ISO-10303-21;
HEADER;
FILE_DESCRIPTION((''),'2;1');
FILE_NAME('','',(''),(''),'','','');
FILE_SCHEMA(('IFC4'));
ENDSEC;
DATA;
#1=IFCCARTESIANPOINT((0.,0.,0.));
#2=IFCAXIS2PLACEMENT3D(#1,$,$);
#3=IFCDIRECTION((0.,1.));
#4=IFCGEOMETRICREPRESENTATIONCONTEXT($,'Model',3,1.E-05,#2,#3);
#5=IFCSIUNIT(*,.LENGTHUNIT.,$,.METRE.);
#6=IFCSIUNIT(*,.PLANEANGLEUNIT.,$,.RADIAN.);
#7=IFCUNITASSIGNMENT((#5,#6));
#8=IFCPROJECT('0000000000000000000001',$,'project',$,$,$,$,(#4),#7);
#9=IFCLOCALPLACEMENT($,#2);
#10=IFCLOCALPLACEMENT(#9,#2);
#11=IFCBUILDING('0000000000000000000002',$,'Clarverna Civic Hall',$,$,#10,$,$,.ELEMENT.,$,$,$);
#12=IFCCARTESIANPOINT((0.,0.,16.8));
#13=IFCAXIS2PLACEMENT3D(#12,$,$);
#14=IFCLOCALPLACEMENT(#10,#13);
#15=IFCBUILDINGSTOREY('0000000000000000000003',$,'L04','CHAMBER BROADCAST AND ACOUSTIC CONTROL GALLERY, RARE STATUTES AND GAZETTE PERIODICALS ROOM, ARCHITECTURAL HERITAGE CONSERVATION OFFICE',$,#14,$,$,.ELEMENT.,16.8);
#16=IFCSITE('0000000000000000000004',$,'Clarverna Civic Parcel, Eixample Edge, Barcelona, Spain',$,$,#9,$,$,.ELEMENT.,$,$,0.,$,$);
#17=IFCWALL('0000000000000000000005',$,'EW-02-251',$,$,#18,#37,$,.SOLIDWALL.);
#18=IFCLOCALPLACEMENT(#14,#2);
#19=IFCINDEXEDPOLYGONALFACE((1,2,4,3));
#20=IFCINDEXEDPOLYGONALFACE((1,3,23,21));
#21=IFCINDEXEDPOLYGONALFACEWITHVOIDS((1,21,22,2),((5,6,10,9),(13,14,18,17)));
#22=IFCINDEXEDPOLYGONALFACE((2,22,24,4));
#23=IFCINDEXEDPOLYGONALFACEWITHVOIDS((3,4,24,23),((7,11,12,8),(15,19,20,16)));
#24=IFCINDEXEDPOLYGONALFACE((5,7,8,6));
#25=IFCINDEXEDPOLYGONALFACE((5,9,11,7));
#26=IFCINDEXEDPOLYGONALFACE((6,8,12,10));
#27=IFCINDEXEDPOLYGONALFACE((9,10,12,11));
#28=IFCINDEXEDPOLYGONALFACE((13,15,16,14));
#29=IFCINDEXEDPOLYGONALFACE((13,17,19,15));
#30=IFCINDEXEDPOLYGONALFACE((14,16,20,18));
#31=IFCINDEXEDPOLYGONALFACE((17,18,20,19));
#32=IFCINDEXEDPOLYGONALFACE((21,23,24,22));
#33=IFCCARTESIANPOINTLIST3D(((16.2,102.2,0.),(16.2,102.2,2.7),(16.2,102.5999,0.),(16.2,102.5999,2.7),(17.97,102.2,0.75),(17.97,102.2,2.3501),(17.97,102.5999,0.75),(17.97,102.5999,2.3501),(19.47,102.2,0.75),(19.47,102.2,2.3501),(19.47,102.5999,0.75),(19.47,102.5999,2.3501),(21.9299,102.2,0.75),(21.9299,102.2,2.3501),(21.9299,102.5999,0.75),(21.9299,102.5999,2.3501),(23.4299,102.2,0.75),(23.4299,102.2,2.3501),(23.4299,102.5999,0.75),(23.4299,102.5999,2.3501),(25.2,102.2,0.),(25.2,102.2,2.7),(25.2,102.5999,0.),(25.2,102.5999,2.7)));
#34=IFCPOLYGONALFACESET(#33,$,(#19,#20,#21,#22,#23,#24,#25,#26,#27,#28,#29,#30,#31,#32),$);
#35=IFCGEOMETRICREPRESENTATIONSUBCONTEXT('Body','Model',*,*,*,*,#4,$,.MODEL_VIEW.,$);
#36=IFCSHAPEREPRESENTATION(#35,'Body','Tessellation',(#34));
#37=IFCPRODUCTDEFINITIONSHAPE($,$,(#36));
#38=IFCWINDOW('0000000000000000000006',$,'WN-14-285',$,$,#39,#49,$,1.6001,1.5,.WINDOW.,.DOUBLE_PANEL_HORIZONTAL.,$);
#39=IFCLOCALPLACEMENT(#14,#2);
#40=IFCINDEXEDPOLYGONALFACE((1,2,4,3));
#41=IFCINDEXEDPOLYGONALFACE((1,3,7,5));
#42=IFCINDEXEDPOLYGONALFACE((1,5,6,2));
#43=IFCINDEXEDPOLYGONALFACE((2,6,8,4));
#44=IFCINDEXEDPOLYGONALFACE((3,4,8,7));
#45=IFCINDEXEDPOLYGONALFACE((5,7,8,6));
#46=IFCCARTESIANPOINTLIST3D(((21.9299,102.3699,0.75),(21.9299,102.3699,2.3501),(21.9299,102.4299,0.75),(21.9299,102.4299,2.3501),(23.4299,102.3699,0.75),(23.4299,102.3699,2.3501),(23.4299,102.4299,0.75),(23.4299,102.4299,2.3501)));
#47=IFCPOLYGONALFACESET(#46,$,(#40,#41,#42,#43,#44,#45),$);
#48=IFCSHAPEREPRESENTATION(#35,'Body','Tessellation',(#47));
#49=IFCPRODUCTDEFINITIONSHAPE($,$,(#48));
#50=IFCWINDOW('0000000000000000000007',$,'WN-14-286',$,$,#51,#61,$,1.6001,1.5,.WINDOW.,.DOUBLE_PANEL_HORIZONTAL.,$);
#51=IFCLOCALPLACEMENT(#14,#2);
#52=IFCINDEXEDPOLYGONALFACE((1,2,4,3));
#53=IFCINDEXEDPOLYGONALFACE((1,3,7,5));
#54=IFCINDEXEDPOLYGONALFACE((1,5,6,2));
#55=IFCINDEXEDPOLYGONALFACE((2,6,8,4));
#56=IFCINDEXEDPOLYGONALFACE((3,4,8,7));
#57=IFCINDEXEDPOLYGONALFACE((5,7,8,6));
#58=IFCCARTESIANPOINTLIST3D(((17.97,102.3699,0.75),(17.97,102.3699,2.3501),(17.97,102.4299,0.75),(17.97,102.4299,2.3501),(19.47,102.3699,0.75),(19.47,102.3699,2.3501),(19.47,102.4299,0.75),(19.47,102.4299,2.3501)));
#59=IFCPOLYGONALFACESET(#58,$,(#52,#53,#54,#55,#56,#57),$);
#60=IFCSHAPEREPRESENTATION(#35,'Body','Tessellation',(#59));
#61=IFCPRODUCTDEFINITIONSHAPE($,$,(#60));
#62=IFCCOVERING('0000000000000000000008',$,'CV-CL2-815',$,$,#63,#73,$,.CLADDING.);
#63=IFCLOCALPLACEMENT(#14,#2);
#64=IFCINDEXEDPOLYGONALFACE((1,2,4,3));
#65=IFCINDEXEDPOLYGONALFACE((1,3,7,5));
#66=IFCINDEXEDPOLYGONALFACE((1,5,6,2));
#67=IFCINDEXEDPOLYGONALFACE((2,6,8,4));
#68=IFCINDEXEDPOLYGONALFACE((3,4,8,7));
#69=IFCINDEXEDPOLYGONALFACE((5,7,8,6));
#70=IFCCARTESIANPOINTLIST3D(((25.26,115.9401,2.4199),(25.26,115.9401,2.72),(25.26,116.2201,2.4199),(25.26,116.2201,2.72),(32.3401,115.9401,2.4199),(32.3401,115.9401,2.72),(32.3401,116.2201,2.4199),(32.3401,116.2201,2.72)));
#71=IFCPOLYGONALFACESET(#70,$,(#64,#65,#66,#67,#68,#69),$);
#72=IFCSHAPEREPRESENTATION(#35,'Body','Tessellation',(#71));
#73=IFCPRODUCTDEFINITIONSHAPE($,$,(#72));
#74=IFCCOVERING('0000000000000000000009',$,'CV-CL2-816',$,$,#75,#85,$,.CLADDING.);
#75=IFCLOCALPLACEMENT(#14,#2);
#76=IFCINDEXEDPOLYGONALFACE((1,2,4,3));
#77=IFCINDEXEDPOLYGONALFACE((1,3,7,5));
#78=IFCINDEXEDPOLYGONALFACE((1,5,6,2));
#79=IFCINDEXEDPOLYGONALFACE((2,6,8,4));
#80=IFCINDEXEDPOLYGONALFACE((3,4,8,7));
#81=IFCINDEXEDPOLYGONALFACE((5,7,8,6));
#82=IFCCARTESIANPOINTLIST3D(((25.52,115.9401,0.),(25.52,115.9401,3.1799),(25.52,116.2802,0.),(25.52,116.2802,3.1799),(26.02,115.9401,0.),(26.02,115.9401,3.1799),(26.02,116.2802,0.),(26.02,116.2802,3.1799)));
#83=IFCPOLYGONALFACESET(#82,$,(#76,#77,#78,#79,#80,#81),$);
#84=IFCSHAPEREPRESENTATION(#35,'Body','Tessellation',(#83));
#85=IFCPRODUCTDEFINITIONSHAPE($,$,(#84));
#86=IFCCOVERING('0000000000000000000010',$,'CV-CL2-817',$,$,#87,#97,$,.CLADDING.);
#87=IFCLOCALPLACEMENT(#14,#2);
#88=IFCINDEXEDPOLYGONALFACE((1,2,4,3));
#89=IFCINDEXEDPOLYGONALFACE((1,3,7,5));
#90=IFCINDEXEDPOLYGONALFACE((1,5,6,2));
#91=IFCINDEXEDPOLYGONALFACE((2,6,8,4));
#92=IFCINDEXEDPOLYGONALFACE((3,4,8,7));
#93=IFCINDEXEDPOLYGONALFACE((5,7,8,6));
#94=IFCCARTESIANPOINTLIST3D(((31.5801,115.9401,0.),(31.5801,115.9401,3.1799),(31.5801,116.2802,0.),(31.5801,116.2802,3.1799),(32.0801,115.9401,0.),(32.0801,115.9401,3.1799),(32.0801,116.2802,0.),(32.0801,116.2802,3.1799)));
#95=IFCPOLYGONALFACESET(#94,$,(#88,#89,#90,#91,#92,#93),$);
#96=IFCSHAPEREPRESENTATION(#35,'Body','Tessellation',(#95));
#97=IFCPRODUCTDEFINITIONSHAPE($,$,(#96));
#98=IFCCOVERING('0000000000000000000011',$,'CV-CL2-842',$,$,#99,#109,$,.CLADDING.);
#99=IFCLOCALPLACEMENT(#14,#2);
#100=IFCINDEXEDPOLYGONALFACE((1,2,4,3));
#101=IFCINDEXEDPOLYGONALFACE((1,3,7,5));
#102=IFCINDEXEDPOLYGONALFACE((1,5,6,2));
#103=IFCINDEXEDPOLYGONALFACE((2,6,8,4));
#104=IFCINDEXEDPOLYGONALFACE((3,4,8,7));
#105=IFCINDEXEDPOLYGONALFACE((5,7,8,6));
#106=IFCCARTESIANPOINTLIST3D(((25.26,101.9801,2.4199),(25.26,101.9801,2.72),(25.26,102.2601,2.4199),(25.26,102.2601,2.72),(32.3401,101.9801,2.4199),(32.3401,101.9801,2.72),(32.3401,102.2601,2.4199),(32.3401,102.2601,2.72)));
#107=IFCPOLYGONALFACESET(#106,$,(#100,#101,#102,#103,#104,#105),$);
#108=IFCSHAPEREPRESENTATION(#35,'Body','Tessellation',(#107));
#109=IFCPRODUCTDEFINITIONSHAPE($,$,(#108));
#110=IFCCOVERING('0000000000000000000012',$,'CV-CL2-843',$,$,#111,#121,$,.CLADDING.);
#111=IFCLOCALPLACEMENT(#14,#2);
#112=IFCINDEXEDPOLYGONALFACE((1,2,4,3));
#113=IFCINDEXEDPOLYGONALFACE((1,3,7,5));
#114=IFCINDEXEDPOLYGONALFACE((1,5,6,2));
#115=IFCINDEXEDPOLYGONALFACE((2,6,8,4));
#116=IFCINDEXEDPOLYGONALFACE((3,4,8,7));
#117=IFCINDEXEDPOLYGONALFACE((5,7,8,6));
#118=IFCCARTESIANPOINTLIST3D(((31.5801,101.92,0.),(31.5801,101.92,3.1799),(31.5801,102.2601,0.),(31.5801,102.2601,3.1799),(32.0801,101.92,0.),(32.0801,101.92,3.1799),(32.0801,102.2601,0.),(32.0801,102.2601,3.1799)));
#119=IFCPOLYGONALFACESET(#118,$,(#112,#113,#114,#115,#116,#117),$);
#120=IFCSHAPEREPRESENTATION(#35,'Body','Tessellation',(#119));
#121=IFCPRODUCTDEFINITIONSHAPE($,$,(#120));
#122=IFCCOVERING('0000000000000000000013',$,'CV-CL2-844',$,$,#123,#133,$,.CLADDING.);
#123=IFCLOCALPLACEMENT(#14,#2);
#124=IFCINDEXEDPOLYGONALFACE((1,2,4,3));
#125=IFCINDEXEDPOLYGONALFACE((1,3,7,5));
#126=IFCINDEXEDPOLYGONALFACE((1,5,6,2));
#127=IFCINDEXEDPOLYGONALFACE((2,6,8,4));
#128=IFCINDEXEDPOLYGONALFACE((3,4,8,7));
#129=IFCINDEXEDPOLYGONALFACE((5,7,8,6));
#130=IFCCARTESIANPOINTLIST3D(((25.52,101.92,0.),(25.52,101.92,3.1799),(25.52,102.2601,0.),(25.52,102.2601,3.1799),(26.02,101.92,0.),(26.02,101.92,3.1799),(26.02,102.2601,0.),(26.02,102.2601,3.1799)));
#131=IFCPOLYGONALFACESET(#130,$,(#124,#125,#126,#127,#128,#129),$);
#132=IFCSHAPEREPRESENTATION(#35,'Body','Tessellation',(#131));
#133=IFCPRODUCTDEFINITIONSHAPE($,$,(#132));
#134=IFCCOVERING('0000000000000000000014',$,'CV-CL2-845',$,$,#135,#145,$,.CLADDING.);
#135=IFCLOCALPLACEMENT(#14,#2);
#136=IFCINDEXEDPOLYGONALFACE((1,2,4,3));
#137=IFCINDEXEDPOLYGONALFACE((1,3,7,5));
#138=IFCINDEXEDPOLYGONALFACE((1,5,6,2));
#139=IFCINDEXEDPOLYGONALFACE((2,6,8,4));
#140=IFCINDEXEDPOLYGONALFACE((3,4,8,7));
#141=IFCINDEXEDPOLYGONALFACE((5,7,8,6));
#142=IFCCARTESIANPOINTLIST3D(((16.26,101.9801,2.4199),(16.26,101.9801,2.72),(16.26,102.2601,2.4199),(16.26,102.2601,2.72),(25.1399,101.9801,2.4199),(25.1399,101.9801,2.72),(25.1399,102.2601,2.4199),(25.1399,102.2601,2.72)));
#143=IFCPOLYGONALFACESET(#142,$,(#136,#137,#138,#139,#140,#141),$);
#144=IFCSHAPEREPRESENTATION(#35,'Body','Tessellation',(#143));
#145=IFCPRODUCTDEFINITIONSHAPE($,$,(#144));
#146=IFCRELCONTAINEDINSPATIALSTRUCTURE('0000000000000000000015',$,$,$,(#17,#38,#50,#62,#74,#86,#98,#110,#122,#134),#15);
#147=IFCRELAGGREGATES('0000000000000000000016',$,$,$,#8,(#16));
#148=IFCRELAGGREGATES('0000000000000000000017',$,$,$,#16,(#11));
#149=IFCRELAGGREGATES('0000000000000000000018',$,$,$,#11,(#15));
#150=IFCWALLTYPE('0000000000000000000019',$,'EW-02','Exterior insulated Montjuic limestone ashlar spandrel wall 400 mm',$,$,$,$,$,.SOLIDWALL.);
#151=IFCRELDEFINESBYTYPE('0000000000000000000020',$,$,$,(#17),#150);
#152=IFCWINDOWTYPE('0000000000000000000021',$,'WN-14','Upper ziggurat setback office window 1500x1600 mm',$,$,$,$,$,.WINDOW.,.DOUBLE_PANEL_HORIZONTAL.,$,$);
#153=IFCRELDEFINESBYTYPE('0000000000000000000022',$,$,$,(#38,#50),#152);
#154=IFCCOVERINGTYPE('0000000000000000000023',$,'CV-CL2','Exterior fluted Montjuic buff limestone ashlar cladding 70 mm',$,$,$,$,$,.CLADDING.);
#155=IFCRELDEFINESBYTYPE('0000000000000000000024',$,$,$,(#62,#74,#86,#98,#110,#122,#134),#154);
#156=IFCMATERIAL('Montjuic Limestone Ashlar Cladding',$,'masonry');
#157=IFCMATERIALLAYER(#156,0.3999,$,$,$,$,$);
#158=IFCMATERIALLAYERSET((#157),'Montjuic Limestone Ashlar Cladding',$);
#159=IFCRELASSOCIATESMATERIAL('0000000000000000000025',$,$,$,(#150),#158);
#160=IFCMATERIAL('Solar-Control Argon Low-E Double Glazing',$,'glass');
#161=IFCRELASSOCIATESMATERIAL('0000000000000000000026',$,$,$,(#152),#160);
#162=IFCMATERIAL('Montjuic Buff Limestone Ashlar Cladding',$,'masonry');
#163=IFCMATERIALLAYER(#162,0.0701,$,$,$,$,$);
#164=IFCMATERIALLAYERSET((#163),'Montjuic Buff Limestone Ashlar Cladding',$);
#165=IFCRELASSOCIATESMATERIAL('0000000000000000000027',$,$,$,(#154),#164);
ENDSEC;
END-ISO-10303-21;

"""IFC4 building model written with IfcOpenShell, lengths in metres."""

from ifc_helpers import new_model, si_unit, direction, frame, frame_2d, origin, place, context, subcontext, project, spatial, rectangle, extrude, material, layer, layer_set, type_object, element, fill, save


model = new_model("IFC4")

# Units and contexts
model_context = context("Model", 3, precision=1e-05, world=origin(), true_north=direction((0.0, 1.0)))
body_context = subcontext(model_context, "Body", "Model", "MODEL_VIEW")
ifc_project = project(units=[si_unit("LENGTHUNIT", "METRE"), si_unit("PLANEANGLEUNIT", "RADIAN")], contexts=[model_context])

# Site, building, storey
site_placement = place(None, origin())
site = spatial("IfcSite", under=ifc_project, at=site_placement, Name="Clarverna Civic Parcel, Eixample Edge, Barcelona, Spain", CompositionType="ELEMENT", RefElevation=0.0)
building_placement = place(site_placement, origin())
building = spatial("IfcBuilding", under=site, at=building_placement, Name="Clarverna Civic Hall", CompositionType="ELEMENT")
storey_placement = place(building_placement, frame((0.0, 0.0, 16.8)))
storey = spatial("IfcBuildingStorey", under=building, at=storey_placement, Name="L04", Description="CHAMBER BROADCAST AND ACOUSTIC CONTROL GALLERY, RARE STATUTES AND GAZETTE PERIODICALS ROOM, ARCHITECTURAL HERITAGE CONSERVATION OFFICE", CompositionType="ELEMENT", Elevation=16.8)

# Shared definitions
ifc_material_1 = material(Name="Montjuic Limestone Ashlar Cladding", Category="masonry")
ifc_layer_1 = layer(ifc_material_1, 0.3999)
ifc_layer_set_1 = layer_set([ifc_layer_1], Name="Montjuic Limestone Ashlar Cladding")
wall_type = type_object("IfcWallType", Name="EW-02", Description="Exterior insulated Montjuic limestone ashlar spandrel wall 400 mm", PredefinedType="SOLIDWALL", material=ifc_layer_set_1)
ifc_material_2 = material(Name="Solar-Control Argon Low-E Double Glazing", Category="glass")
window_type = type_object("IfcWindowType", Name="WN-14", Description="Upper ziggurat setback office window 1500x1600 mm", PartitioningType="DOUBLE_PANEL_HORIZONTAL", PredefinedType="WINDOW", material=ifc_material_2)

# Wall, openings, windows
wall_1_placement = place(storey_placement, frame((25.2, 102.3999, 0.0), z_axis=(0.0, 0.0, 1.0), x_axis=(-1.0, 0.0, 0.0)))
wall_1 = element("IfcWall", 1, at=wall_1_placement, inside=storey, type_object=wall_type, Name="EW-02-251", PredefinedType="SOLIDWALL", context=body_context, shape_type="SweptSolid", body=[
    extrude(rectangle(XDim=9.0, YDim=0.3999, at=frame_2d((4.5, 0.0))), origin(), (0.0, 0.0, 1.0), 2.7),
])
opening_1_placement = place(wall_1_placement, frame((1.77, 0.0, 0.75)))
opening_1 = element("IfcOpeningElement", 2, at=opening_1_placement, cuts=wall_1, PredefinedType="OPENING", context=body_context, shape_type="SweptSolid", body=[
    extrude(rectangle(XDim=1.5, YDim=1.6001, at=frame_2d((0.75, 0.8))), frame((0.0, 0.21, 0.0), z_axis=(0.0, -1.0, 0.0), x_axis=(1.0, 0.0, 0.0)), (0.0, 0.0, 1.0), 0.4199),
])
opening_2_placement = place(wall_1_placement, frame((5.73, 0.0, 0.75)))
opening_2 = element("IfcOpeningElement", 3, at=opening_2_placement, cuts=wall_1, PredefinedType="OPENING", context=body_context, shape_type="SweptSolid", body=[
    extrude(rectangle(XDim=1.5, YDim=1.6001, at=frame_2d((0.75, 0.8))), frame((0.0, 0.21, 0.0), z_axis=(0.0, -1.0, 0.0), x_axis=(1.0, 0.0, 0.0)), (0.0, 0.0, 1.0), 0.4199),
])
window_1_placement = place(opening_1_placement, origin())
window_1 = element("IfcWindow", 4, at=window_1_placement, inside=storey, type_object=window_type, Name="WN-14-285", OverallHeight=1.6001, OverallWidth=1.5, PartitioningType="DOUBLE_PANEL_HORIZONTAL", PredefinedType="WINDOW", context=body_context, shape_type="SweptSolid", body=[
    extrude(rectangle(XDim=1.5, YDim=1.6001, at=frame_2d((0.75, 0.8))), frame((0.0, 0.03, 0.0), z_axis=(0.0, -1.0, 0.0), x_axis=(1.0, 0.0, 0.0)), (0.0, 0.0, 1.0), 0.0601),
])
fill(opening_1, window_1)
window_2_placement = place(opening_2_placement, origin())
window_2 = element("IfcWindow", 5, at=window_2_placement, inside=storey, type_object=window_type, Name="WN-14-286", OverallHeight=1.6001, OverallWidth=1.5, PartitioningType="DOUBLE_PANEL_HORIZONTAL", PredefinedType="WINDOW", context=body_context, shape_type="SweptSolid", body=[
    extrude(rectangle(XDim=1.5, YDim=1.6001, at=frame_2d((0.75, 0.8))), frame((0.0, 0.03, 0.0), z_axis=(0.0, -1.0, 0.0), x_axis=(1.0, 0.0, 0.0)), (0.0, 0.0, 1.0), 0.0601),
])
fill(opening_2, window_2)

# Coverings
ifc_material_3 = material(Name="Montjuic Buff Limestone Ashlar Cladding", Category="masonry")
ifc_layer_2 = layer(ifc_material_3, 0.0701)
ifc_layer_set_2 = layer_set([ifc_layer_2], Name="Montjuic Buff Limestone Ashlar Cladding")
covering_type = type_object("IfcCoveringType", Name="CV-CL2", Description="Exterior fluted Montjuic buff limestone ashlar cladding 70 mm", PredefinedType="CLADDING", material=ifc_layer_set_2)
covering_1_placement = place(storey_placement, frame((25.26, 116.0801, 2.4199), z_axis=(0.0, 0.0, 1.0), x_axis=(1.0, 0.0, 0.0)))
element("IfcCovering", 6, at=covering_1_placement, inside=storey, type_object=covering_type, Name="CV-CL2-815", PredefinedType="CLADDING", context=body_context, shape_type="SweptSolid", body=[
    extrude(rectangle(XDim=7.0801, YDim=0.28, at=frame_2d((3.54, 0.0))), origin(), (0.0, 0.0, 1.0), 0.3),
])
for number, where, z_axis, x_axis, name in (
    (7, (25.52, 116.1101, 0.0), (0.0, 0.0, 1.0), (1.0, 0.0, 0.0), "CV-CL2-816"),
    (8, (31.5801, 116.1101, 0.0), (0.0, 0.0, 1.0), (1.0, 0.0, 0.0), "CV-CL2-817"),
):
    element("IfcCovering", number, at=place(storey_placement, frame(where, z_axis=z_axis, x_axis=x_axis)), inside=storey, type_object=covering_type, Name=name, PredefinedType="CLADDING", context=body_context, shape_type="SweptSolid", body=[
        extrude(rectangle(XDim=0.5, YDim=0.3401, at=frame_2d((0.25, 0.0))), origin(), (0.0, 0.0, 1.0), 3.1799),
    ])
covering_2_placement = place(storey_placement, frame((32.3401, 102.1201, 2.4199), z_axis=(0.0, 0.0, 1.0), x_axis=(-1.0, 0.0, 0.0)))
element("IfcCovering", 9, at=covering_2_placement, inside=storey, type_object=covering_type, Name="CV-CL2-842", PredefinedType="CLADDING", context=body_context, shape_type="SweptSolid", body=[
    extrude(rectangle(XDim=7.0801, YDim=0.28, at=frame_2d((3.54, 0.0))), origin(), (0.0, 0.0, 1.0), 0.3),
])
for number, where, z_axis, x_axis, name in (
    (10, (32.0801, 102.0901, 0.0), (0.0, 0.0, 1.0), (-1.0, 0.0, 0.0), "CV-CL2-843"),
    (11, (26.02, 102.0901, 0.0), (0.0, 0.0, 1.0), (-1.0, 0.0, 0.0), "CV-CL2-844"),
):
    element("IfcCovering", number, at=place(storey_placement, frame(where, z_axis=z_axis, x_axis=x_axis)), inside=storey, type_object=covering_type, Name=name, PredefinedType="CLADDING", context=body_context, shape_type="SweptSolid", body=[
        extrude(rectangle(XDim=0.5, YDim=0.3401, at=frame_2d((0.25, 0.0))), origin(), (0.0, 0.0, 1.0), 3.1799),
    ])
covering_3_placement = place(storey_placement, frame((25.1399, 102.1201, 2.4199), z_axis=(0.0, 0.0, 1.0), x_axis=(-1.0, 0.0, 0.0)))
element("IfcCovering", 12, at=covering_3_placement, inside=storey, type_object=covering_type, Name="CV-CL2-845", PredefinedType="CLADDING", context=body_context, shape_type="SweptSolid", body=[
    extrude(rectangle(XDim=8.8799, YDim=0.28, at=frame_2d((4.4399, 0.0))), origin(), (0.0, 0.0, 1.0), 0.3),
])

save(model, "model.ifc")
